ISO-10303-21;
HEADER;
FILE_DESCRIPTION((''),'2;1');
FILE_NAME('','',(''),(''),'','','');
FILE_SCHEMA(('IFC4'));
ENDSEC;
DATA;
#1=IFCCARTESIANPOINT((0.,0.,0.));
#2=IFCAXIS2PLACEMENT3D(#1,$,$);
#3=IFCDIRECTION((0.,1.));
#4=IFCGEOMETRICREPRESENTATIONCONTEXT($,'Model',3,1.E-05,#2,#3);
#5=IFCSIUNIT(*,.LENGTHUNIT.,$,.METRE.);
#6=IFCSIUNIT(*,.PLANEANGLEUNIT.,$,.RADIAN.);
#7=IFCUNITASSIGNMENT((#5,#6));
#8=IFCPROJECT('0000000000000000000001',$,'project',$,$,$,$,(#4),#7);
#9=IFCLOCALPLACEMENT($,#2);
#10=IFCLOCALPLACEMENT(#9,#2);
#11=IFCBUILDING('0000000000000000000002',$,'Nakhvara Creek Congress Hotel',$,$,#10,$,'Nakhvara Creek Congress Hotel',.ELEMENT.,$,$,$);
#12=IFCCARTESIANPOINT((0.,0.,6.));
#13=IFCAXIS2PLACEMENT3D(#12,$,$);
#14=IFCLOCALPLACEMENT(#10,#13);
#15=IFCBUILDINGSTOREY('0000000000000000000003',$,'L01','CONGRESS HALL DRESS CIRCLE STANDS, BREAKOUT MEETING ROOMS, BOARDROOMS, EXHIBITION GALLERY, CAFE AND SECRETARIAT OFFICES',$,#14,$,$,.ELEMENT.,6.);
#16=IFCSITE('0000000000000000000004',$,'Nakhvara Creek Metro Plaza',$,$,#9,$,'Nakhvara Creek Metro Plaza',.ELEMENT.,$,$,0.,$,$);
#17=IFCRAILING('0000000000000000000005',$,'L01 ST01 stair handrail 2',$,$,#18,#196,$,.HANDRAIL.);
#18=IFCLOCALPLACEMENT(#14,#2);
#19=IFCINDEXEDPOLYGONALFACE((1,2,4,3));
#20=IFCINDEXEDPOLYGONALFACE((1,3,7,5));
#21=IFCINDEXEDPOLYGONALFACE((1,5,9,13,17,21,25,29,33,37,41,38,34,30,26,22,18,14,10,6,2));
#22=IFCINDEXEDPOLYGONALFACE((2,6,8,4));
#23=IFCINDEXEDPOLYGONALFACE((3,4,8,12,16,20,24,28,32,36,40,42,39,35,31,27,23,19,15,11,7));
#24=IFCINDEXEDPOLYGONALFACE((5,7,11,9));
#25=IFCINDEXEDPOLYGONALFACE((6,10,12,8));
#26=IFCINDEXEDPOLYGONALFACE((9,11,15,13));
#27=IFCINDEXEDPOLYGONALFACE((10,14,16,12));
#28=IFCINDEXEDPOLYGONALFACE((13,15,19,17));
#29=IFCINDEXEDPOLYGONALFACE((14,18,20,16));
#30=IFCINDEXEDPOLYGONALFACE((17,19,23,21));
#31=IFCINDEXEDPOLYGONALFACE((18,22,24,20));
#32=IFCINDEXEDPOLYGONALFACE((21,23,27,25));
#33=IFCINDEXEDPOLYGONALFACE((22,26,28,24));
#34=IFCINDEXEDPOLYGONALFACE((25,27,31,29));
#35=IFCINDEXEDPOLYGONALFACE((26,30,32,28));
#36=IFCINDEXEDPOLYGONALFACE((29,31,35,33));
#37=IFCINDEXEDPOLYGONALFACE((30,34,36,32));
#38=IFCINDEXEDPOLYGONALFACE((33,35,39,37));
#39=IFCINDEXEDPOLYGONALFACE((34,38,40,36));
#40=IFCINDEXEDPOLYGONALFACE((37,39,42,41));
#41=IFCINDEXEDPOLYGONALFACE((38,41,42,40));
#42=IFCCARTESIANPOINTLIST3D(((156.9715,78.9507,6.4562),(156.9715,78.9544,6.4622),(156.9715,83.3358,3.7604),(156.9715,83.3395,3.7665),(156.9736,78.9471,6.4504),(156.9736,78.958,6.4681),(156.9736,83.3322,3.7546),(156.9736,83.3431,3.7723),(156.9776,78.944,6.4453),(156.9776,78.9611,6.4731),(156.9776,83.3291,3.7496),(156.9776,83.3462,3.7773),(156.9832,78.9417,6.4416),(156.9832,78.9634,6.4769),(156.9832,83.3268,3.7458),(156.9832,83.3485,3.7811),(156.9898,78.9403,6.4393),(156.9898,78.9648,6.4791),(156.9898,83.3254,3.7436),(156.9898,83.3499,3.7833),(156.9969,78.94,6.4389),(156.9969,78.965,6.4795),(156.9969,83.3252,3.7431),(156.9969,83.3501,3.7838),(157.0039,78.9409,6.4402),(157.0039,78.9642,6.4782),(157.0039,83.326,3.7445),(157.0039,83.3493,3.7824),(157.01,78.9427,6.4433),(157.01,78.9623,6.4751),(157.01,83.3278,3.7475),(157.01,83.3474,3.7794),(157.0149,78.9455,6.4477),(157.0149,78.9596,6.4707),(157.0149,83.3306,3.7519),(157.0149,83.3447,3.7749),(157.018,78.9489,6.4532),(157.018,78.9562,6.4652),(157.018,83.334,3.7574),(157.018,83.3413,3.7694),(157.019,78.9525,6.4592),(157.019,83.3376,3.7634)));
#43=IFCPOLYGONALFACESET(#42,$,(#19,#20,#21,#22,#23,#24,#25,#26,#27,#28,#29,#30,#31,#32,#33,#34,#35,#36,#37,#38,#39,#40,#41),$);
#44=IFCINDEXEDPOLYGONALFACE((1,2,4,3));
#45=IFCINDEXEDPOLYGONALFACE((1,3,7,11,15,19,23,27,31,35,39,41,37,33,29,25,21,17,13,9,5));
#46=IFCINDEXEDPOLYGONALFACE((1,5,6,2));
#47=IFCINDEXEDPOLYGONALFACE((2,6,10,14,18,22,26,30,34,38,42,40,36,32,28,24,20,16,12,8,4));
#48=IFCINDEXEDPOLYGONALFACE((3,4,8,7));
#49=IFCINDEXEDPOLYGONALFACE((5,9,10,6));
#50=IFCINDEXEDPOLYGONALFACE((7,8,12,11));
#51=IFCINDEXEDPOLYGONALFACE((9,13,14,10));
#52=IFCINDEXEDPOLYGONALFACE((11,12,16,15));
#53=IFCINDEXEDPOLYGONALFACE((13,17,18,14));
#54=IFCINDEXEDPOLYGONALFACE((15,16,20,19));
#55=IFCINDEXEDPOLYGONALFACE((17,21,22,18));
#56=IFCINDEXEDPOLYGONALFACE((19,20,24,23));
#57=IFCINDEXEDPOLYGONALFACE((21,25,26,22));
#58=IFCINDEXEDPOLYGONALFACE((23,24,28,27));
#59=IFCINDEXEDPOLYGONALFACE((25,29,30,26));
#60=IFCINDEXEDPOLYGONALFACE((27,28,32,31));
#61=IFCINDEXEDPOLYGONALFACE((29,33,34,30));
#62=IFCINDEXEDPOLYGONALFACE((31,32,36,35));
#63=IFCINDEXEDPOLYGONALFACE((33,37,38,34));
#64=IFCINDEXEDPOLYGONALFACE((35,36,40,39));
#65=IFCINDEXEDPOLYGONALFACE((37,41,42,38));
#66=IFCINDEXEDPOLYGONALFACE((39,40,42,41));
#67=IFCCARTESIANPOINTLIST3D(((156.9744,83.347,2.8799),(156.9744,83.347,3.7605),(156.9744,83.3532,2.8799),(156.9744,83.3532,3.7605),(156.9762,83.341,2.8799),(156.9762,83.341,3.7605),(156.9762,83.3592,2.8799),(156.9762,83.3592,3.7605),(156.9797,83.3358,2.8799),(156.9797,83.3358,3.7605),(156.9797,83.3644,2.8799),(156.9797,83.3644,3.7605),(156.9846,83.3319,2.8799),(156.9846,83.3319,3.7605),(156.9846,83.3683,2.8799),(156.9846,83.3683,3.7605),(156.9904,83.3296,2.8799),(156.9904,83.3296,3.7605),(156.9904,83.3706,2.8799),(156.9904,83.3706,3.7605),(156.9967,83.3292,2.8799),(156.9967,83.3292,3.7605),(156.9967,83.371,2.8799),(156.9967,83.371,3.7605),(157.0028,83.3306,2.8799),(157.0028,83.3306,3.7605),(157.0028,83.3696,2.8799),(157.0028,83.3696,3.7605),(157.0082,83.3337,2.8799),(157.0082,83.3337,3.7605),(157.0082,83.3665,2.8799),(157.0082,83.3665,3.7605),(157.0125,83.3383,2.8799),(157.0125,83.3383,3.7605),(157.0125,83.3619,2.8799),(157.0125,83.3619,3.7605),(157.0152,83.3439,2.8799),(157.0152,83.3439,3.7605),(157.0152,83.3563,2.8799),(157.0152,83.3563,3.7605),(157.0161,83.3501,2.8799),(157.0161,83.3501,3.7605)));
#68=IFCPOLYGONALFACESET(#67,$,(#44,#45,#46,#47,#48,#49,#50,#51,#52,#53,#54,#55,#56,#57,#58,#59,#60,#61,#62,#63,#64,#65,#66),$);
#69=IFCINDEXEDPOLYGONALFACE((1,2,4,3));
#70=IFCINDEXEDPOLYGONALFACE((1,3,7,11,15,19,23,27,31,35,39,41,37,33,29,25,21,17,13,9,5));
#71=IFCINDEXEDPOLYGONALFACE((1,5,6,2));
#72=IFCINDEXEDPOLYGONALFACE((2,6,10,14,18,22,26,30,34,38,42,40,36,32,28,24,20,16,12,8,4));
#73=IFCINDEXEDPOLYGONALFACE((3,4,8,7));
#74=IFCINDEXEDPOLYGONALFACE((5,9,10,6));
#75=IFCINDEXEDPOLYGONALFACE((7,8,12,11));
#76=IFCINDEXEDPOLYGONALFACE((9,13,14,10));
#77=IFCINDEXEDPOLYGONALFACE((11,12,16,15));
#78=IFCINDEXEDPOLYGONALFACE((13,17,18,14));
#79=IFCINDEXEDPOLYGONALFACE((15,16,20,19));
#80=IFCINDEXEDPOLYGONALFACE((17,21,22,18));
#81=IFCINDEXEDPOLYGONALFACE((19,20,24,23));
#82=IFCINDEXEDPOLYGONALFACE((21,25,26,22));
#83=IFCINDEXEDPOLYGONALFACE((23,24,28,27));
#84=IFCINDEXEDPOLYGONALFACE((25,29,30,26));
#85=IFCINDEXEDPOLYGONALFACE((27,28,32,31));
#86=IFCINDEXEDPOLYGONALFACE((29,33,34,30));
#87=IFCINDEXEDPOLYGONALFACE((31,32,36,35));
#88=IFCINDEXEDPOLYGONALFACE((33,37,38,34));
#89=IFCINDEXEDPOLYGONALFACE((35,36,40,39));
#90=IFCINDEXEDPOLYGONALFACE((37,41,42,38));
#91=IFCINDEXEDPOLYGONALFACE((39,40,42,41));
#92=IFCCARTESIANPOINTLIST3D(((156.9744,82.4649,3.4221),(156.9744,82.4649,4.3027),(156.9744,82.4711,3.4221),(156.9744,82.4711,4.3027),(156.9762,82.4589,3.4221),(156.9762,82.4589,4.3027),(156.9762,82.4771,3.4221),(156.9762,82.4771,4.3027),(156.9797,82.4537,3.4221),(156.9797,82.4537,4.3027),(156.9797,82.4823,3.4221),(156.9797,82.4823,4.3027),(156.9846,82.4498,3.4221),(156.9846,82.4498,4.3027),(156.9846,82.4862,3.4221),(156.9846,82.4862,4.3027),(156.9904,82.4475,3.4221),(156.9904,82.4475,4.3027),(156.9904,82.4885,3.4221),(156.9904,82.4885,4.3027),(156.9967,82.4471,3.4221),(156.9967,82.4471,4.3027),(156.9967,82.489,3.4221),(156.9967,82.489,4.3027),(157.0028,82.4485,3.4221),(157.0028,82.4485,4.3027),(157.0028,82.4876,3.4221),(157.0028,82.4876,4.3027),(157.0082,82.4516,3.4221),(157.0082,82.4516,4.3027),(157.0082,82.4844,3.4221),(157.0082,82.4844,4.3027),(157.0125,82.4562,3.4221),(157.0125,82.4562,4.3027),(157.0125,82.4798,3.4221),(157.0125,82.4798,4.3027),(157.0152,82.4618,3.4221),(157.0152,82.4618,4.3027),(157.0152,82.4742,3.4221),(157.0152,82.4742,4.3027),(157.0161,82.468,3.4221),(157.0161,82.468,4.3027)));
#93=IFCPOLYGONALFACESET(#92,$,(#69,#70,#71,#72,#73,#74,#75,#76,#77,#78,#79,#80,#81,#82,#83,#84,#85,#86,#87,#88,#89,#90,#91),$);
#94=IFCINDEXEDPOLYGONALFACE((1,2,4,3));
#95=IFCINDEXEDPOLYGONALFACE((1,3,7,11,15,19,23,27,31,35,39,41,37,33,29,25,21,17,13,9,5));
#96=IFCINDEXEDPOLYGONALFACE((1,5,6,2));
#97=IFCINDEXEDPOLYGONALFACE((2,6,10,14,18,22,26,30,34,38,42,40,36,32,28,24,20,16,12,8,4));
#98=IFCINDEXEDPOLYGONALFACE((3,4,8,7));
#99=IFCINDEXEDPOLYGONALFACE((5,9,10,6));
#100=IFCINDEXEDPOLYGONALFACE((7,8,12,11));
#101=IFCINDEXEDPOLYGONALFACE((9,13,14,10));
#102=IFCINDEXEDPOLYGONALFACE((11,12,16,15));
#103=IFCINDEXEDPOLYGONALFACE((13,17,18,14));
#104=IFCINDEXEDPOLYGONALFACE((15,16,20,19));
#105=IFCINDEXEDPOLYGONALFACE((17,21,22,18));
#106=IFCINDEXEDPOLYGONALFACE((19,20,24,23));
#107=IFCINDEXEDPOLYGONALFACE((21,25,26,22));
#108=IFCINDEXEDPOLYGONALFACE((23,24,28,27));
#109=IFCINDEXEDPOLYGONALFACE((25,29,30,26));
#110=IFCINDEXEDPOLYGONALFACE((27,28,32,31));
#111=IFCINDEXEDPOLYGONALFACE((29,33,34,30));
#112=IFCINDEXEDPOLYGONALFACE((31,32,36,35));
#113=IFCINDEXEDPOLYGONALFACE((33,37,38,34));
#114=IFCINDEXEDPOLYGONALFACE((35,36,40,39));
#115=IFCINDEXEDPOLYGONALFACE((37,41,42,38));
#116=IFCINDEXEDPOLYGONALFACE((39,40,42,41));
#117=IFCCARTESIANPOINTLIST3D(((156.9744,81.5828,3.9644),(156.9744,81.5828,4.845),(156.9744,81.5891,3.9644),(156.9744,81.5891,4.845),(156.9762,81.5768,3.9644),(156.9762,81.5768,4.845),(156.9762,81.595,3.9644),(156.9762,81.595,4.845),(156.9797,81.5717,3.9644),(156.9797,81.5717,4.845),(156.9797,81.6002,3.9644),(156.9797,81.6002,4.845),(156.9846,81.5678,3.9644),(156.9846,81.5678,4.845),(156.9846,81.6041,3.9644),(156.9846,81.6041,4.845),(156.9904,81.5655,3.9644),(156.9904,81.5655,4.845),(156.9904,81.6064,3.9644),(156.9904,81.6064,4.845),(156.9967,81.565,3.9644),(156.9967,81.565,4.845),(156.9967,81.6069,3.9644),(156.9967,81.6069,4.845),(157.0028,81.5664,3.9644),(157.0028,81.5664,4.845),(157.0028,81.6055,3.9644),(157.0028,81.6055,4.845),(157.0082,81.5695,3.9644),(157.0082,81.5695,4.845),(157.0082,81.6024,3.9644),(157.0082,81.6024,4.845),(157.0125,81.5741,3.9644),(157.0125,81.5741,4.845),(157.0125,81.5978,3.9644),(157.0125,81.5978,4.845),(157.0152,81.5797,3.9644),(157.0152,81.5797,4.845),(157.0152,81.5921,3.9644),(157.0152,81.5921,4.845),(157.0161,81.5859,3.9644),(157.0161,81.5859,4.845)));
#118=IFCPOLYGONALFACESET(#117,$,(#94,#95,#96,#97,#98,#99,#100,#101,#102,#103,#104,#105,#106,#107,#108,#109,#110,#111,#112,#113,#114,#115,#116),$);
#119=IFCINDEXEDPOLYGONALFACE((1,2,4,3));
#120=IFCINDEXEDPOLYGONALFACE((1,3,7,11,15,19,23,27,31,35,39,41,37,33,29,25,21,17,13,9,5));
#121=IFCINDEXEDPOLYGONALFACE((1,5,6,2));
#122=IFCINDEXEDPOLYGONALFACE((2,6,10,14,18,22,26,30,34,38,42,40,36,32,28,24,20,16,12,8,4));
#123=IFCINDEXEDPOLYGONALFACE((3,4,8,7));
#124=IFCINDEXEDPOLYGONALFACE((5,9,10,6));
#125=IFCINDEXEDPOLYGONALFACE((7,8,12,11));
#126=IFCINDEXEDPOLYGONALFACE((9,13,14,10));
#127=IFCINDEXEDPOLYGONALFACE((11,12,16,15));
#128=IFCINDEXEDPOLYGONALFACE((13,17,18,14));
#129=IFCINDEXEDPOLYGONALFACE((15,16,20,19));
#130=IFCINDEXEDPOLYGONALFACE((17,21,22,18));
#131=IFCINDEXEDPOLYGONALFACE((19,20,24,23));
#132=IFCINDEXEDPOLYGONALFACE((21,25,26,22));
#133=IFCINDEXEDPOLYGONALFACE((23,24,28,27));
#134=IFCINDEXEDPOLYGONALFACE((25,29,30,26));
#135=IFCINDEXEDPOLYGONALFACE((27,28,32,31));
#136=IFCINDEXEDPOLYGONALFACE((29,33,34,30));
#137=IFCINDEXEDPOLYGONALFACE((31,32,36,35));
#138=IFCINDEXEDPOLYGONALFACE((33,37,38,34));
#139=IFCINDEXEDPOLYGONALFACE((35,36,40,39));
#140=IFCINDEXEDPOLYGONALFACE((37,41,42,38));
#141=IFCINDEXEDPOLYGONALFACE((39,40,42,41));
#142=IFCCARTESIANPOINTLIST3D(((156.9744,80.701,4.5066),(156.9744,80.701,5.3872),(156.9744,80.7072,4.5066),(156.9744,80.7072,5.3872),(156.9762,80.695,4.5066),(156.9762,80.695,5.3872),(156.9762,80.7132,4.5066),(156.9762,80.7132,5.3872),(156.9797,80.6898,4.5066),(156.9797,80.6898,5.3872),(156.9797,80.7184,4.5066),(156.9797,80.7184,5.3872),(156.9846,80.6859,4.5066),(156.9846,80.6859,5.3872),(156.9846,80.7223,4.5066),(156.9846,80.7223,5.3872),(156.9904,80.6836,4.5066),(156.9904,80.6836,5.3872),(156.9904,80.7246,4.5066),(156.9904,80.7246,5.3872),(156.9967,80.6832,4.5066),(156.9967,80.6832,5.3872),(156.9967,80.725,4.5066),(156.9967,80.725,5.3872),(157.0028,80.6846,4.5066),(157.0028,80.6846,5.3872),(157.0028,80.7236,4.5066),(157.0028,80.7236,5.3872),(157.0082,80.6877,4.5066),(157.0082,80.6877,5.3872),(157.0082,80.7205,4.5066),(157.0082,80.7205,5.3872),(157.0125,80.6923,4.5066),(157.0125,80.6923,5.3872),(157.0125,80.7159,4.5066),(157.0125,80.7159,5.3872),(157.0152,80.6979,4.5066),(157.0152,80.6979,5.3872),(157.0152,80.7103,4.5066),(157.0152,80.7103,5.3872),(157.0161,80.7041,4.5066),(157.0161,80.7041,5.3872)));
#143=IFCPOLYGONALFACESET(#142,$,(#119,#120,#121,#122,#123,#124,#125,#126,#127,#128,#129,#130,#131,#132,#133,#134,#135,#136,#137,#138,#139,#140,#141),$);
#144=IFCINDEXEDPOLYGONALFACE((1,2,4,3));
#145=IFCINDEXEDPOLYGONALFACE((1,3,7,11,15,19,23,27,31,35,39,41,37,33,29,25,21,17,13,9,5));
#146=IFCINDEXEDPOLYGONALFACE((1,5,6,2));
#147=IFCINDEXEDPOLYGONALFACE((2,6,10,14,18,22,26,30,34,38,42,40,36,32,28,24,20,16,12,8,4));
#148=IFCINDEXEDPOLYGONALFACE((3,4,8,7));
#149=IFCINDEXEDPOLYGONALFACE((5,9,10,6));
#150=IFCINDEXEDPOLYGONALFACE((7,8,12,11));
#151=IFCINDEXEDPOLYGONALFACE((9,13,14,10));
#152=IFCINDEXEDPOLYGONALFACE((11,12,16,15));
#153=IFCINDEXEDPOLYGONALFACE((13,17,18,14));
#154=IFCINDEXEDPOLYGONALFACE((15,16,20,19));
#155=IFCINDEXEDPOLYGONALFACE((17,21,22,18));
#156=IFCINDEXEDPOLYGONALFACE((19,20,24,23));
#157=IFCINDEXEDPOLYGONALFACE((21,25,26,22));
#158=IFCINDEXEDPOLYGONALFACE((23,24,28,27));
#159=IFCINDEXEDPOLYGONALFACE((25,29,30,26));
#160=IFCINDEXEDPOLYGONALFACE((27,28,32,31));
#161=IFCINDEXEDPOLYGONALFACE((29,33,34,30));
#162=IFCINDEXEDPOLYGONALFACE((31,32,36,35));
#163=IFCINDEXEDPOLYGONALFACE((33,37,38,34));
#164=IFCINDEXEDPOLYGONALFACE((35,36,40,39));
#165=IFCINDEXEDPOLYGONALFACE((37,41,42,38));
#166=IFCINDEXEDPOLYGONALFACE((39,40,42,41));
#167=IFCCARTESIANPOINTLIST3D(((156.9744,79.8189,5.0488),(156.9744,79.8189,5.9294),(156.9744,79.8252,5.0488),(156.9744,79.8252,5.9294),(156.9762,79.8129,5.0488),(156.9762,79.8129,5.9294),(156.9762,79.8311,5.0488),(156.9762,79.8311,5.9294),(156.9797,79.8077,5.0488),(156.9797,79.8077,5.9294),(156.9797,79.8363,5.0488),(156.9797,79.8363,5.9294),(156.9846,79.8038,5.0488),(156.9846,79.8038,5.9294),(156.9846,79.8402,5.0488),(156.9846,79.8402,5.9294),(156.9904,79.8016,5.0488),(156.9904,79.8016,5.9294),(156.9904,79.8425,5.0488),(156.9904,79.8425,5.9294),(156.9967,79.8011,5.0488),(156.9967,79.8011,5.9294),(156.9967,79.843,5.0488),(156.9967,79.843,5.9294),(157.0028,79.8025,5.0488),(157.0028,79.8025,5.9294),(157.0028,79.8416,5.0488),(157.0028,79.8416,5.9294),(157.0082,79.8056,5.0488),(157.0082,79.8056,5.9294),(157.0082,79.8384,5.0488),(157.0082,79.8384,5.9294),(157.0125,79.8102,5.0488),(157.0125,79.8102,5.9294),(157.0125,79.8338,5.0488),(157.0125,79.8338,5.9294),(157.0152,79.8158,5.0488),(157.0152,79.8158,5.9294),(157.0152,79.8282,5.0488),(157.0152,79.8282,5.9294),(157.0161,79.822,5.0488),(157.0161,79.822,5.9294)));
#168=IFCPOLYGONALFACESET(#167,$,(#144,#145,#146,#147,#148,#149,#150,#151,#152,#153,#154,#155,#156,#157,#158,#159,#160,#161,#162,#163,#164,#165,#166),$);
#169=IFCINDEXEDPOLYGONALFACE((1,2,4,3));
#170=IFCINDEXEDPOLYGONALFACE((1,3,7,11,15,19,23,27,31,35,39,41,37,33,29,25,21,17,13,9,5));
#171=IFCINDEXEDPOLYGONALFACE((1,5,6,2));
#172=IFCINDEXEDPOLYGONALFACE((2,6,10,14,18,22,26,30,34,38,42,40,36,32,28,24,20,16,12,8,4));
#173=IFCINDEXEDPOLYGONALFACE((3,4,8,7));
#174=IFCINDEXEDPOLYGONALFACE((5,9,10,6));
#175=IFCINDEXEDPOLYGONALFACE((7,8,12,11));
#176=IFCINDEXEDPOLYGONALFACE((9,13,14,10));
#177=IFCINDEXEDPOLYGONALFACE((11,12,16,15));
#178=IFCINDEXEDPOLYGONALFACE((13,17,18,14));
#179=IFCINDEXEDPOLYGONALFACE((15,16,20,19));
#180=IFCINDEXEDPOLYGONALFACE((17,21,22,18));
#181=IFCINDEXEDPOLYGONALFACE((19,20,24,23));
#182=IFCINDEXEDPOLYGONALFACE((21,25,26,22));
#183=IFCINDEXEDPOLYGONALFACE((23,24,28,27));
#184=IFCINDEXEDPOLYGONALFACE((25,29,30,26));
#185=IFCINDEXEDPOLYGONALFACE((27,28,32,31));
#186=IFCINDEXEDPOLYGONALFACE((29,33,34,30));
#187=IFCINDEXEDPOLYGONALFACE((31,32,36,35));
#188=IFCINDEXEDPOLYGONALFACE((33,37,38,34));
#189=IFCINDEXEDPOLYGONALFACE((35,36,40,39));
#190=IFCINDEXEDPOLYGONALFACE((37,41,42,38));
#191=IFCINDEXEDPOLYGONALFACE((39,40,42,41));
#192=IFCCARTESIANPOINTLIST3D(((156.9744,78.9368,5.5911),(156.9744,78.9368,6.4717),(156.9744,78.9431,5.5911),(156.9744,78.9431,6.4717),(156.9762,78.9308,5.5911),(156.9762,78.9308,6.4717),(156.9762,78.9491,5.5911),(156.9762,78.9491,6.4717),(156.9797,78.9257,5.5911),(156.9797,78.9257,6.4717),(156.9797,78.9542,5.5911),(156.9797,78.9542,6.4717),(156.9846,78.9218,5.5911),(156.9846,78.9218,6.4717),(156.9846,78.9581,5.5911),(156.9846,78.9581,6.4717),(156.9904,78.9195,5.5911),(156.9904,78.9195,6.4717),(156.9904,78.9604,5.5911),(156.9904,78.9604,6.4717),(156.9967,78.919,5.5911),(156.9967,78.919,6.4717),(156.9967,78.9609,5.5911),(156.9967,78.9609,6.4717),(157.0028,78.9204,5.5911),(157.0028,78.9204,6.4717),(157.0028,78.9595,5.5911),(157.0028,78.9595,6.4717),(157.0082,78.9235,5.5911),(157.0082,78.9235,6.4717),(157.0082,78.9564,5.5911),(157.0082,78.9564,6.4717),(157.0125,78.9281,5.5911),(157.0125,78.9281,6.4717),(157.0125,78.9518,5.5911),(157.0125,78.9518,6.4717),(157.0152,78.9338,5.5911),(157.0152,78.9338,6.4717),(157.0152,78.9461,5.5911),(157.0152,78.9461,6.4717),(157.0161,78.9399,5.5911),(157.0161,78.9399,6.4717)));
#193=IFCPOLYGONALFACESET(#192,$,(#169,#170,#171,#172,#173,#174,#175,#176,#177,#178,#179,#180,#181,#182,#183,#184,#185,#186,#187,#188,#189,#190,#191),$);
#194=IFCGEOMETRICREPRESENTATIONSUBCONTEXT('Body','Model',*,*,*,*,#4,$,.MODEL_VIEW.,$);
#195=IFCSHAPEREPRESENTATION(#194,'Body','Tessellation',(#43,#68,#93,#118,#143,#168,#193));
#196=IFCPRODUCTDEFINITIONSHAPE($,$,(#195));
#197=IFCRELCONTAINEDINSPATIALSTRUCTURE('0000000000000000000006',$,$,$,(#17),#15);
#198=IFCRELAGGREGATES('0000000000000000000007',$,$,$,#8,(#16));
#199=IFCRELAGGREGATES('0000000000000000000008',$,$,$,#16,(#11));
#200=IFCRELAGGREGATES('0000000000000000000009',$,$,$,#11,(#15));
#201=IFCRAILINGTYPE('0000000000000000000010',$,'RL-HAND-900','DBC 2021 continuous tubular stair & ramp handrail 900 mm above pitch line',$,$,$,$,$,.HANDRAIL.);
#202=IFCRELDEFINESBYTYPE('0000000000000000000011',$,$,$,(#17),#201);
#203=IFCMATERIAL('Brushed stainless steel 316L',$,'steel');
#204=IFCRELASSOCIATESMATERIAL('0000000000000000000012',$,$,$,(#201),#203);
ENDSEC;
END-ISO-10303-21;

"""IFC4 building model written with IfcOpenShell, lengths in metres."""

from ifc_helpers import new_model, si_unit, direction, frame, origin, origin_2d, place, context, subcontext, project, spatial, circle, extrude, material, type_object, element, save


model = new_model("IFC4")

# Units and contexts
model_context = context("Model", 3, precision=1e-05, world=origin(), true_north=direction((0.0, 1.0)))
body_context = subcontext(model_context, "Body", "Model", "MODEL_VIEW")
ifc_project = project(units=[si_unit("LENGTHUNIT", "METRE"), si_unit("PLANEANGLEUNIT", "RADIAN")], contexts=[model_context])

# Site, building, storey
site_placement = place(None, origin())
site = spatial("IfcSite", under=ifc_project, at=site_placement, Name="Nakhvara Creek Metro Plaza", LongName="Nakhvara Creek Metro Plaza", CompositionType="ELEMENT", RefElevation=0.0)
building_placement = place(site_placement, origin())
building = spatial("IfcBuilding", under=site, at=building_placement, Name="Nakhvara Creek Congress Hotel", LongName="Nakhvara Creek Congress Hotel", CompositionType="ELEMENT")
storey_placement = place(building_placement, frame((0.0, 0.0, 6.0)))
storey = spatial("IfcBuildingStorey", under=building, at=storey_placement, Name="L01", Description="CONGRESS HALL DRESS CIRCLE STANDS, BREAKOUT MEETING ROOMS, BOARDROOMS, EXHIBITION GALLERY, CAFE AND SECRETARIAT OFFICES", CompositionType="ELEMENT", Elevation=6.0)

# Railing
ifc_material_1 = material(Name="Brushed stainless steel 316L", Category="steel")
railing_type_1 = type_object("IfcRailingType", Name="RL-HAND-900", Description="DBC 2021 continuous tubular stair & ramp handrail 900 mm above pitch line", PredefinedType="HANDRAIL", material=ifc_material_1)
railing_1_placement = place(storey_placement, frame((156.9951, 83.3501, 2.8799)))
element("IfcRailing", 1, at=railing_1_placement, inside=storey, type_object=railing_type_1, Name="L01 ST01 stair handrail 2", PredefinedType="HANDRAIL", context=body_context, shape_type="SweptSolid", body=[
    extrude(circle(Radius=0.0239, at=origin_2d()), frame((0.0, -0.0125, 0.8835), z_axis=(0.0, -0.851896, 0.523711), x_axis=(1.0, 0.0, 0.0)), (0.0, 0.0, 1.0), 5.1475),
    extrude(circle(Radius=0.021, at=origin_2d()), origin(), (0.0, 0.0, 1.0), 0.8806),
    extrude(circle(Radius=0.021, at=origin_2d()), frame((0.0, -0.8821, 0.5422)), (0.0, 0.0, 1.0), 0.8806),
    extrude(circle(Radius=0.021, at=origin_2d()), frame((0.0, -1.7642, 1.0845)), (0.0, 0.0, 1.0), 0.8806),
    extrude(circle(Radius=0.021, at=origin_2d()), frame((0.0, -2.646, 1.6267)), (0.0, 0.0, 1.0), 0.8806),
    extrude(circle(Radius=0.021, at=origin_2d()), frame((0.0, -3.5281, 2.1689)), (0.0, 0.0, 1.0), 0.8806),
    extrude(circle(Radius=0.021, at=origin_2d()), frame((0.0, -4.4102, 2.7112)), (0.0, 0.0, 1.0), 0.8806),
])

save(model, "model.ifc")
